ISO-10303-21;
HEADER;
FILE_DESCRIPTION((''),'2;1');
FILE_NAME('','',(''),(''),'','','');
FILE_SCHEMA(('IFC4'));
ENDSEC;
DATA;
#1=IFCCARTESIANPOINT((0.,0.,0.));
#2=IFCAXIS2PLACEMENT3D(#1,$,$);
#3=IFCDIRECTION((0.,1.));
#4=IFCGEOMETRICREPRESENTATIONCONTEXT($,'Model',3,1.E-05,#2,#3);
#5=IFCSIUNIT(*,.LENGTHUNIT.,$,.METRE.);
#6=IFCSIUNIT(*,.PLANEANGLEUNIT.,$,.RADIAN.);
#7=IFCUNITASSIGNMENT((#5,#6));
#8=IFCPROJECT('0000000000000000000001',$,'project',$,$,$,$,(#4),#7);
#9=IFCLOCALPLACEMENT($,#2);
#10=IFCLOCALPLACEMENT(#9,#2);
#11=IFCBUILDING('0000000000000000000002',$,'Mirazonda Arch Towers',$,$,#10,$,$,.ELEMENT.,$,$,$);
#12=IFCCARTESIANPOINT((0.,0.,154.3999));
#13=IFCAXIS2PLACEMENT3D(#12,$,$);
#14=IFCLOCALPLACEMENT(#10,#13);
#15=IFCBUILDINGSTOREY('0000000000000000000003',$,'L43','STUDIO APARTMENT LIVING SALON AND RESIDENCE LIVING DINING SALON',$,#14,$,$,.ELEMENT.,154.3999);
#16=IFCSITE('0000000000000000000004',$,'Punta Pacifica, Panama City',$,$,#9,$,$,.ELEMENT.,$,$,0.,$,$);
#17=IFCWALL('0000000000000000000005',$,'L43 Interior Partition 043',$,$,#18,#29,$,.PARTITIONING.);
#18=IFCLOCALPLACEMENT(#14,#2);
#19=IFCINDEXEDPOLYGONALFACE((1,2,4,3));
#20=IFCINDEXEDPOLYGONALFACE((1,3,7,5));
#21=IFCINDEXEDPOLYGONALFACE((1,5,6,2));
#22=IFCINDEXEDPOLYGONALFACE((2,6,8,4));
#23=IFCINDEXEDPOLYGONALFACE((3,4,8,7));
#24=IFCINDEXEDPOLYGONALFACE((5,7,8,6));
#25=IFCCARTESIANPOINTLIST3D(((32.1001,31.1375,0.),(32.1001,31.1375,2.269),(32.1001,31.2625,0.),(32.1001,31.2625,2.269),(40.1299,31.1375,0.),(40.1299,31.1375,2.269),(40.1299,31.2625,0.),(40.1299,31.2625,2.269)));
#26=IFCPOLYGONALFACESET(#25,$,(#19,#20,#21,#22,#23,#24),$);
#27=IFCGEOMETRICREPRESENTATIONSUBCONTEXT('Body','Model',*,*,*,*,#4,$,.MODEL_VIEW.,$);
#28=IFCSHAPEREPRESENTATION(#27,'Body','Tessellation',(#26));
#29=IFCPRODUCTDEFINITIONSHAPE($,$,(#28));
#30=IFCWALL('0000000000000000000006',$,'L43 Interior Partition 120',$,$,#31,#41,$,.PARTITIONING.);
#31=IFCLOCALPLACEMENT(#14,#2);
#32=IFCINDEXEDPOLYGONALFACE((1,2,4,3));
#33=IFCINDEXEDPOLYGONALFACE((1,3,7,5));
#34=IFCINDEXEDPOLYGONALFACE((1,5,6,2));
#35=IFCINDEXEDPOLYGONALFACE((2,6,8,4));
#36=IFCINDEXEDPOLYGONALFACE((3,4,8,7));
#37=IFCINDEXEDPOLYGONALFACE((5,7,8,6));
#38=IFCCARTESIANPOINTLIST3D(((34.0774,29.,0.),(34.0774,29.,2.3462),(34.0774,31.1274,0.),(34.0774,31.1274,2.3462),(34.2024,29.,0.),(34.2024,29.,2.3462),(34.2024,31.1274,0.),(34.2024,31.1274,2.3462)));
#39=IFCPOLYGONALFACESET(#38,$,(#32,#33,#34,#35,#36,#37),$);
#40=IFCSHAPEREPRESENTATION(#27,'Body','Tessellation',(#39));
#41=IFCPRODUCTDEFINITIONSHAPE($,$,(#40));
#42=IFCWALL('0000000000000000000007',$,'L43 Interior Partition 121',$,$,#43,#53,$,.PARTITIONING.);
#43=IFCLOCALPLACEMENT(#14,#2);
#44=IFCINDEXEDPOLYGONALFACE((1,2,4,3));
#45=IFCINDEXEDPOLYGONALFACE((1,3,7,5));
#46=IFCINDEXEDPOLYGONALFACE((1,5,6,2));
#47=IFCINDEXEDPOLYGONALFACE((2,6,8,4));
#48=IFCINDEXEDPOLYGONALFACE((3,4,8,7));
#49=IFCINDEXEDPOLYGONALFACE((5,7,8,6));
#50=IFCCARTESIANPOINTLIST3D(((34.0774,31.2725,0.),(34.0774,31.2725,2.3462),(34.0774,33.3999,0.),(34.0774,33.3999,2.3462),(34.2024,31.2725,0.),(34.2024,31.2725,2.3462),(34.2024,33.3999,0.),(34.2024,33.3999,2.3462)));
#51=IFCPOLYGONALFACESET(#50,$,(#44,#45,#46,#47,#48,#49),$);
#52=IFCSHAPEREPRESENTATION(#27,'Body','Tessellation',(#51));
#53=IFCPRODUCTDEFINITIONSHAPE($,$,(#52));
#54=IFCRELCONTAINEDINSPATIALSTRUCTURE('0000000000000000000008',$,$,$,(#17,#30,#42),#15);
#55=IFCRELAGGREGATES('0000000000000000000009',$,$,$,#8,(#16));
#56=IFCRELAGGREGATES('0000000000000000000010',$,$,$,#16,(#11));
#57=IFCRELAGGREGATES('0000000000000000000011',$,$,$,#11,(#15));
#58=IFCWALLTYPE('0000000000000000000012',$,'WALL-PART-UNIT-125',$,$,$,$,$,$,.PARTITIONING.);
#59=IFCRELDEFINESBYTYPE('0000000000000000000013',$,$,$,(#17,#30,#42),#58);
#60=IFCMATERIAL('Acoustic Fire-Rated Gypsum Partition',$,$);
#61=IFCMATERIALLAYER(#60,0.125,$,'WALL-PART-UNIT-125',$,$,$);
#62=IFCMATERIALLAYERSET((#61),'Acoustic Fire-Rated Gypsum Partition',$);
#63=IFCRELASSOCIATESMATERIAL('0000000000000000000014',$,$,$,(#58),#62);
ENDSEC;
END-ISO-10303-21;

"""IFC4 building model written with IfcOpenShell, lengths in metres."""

from ifc_helpers import new_model, si_unit, direction, frame, frame_2d, origin, place, context, subcontext, project, spatial, rectangle, extrude, material, layer, layer_set, type_object, element, save


model = new_model("IFC4")

# Units and contexts
model_context = context("Model", 3, precision=1e-05, world=origin(), true_north=direction((0.0, 1.0)))
body_context = subcontext(model_context, "Body", "Model", "MODEL_VIEW")
ifc_project = project(units=[si_unit("LENGTHUNIT", "METRE"), si_unit("PLANEANGLEUNIT", "RADIAN")], contexts=[model_context])

# Site, building, storey
site_placement = place(None, origin())
site = spatial("IfcSite", under=ifc_project, at=site_placement, Name="Punta Pacifica, Panama City", CompositionType="ELEMENT", RefElevation=0.0)
building_placement = place(site_placement, origin())
building = spatial("IfcBuilding", under=site, at=building_placement, Name="Mirazonda Arch Towers", CompositionType="ELEMENT")
storey_placement = place(building_placement, frame((0.0, 0.0, 154.3999)))
storey = spatial("IfcBuildingStorey", under=building, at=storey_placement, Name="L43", Description="STUDIO APARTMENT LIVING SALON AND RESIDENCE LIVING DINING SALON", CompositionType="ELEMENT", Elevation=154.3999)

# Walls
ifc_material_1 = material(Name="Acoustic Fire-Rated Gypsum Partition")
ifc_layer_1 = layer(ifc_material_1, 0.125, Name="WALL-PART-UNIT-125")
ifc_layer_set_1 = layer_set([ifc_layer_1], Name="Acoustic Fire-Rated Gypsum Partition")
wall_type_1 = type_object("IfcWallType", Name="WALL-PART-UNIT-125", PredefinedType="PARTITIONING", material=ifc_layer_set_1)
wall_1_placement = place(storey_placement, frame((32.1001, 31.2, 0.0), z_axis=(0.0, 0.0, 1.0), x_axis=(1.0, 0.0, 0.0)))
element("IfcWall", 1, at=wall_1_placement, inside=storey, type_object=wall_type_1, Name="L43 Interior Partition 043", PredefinedType="PARTITIONING", context=body_context, shape_type="SweptSolid", body=[
    extrude(rectangle(XDim=8.0298, YDim=0.125, at=frame_2d((4.0149, 0.0))), origin(), (0.0, 0.0, 1.0), 2.269),
])
for number, where, z_axis, x_axis, name in (
    (2, (34.1399, 29.0, 0.0), (0.0, 0.0, 1.0), (0.0, 1.0, 0.0), "L43 Interior Partition 120"),
    (3, (34.1399, 31.2725, 0.0), (0.0, 0.0, 1.0), (0.0, 1.0, 0.0), "L43 Interior Partition 121"),
):
    element("IfcWall", number, at=place(storey_placement, frame(where, z_axis=z_axis, x_axis=x_axis)), inside=storey, type_object=wall_type_1, Name=name, PredefinedType="PARTITIONING", context=body_context, shape_type="SweptSolid", body=[
        extrude(rectangle(XDim=2.1274, YDim=0.125, at=frame_2d((1.0637, 0.0))), origin(), (0.0, 0.0, 1.0), 2.3462),
    ])

save(model, "model.ifc")
